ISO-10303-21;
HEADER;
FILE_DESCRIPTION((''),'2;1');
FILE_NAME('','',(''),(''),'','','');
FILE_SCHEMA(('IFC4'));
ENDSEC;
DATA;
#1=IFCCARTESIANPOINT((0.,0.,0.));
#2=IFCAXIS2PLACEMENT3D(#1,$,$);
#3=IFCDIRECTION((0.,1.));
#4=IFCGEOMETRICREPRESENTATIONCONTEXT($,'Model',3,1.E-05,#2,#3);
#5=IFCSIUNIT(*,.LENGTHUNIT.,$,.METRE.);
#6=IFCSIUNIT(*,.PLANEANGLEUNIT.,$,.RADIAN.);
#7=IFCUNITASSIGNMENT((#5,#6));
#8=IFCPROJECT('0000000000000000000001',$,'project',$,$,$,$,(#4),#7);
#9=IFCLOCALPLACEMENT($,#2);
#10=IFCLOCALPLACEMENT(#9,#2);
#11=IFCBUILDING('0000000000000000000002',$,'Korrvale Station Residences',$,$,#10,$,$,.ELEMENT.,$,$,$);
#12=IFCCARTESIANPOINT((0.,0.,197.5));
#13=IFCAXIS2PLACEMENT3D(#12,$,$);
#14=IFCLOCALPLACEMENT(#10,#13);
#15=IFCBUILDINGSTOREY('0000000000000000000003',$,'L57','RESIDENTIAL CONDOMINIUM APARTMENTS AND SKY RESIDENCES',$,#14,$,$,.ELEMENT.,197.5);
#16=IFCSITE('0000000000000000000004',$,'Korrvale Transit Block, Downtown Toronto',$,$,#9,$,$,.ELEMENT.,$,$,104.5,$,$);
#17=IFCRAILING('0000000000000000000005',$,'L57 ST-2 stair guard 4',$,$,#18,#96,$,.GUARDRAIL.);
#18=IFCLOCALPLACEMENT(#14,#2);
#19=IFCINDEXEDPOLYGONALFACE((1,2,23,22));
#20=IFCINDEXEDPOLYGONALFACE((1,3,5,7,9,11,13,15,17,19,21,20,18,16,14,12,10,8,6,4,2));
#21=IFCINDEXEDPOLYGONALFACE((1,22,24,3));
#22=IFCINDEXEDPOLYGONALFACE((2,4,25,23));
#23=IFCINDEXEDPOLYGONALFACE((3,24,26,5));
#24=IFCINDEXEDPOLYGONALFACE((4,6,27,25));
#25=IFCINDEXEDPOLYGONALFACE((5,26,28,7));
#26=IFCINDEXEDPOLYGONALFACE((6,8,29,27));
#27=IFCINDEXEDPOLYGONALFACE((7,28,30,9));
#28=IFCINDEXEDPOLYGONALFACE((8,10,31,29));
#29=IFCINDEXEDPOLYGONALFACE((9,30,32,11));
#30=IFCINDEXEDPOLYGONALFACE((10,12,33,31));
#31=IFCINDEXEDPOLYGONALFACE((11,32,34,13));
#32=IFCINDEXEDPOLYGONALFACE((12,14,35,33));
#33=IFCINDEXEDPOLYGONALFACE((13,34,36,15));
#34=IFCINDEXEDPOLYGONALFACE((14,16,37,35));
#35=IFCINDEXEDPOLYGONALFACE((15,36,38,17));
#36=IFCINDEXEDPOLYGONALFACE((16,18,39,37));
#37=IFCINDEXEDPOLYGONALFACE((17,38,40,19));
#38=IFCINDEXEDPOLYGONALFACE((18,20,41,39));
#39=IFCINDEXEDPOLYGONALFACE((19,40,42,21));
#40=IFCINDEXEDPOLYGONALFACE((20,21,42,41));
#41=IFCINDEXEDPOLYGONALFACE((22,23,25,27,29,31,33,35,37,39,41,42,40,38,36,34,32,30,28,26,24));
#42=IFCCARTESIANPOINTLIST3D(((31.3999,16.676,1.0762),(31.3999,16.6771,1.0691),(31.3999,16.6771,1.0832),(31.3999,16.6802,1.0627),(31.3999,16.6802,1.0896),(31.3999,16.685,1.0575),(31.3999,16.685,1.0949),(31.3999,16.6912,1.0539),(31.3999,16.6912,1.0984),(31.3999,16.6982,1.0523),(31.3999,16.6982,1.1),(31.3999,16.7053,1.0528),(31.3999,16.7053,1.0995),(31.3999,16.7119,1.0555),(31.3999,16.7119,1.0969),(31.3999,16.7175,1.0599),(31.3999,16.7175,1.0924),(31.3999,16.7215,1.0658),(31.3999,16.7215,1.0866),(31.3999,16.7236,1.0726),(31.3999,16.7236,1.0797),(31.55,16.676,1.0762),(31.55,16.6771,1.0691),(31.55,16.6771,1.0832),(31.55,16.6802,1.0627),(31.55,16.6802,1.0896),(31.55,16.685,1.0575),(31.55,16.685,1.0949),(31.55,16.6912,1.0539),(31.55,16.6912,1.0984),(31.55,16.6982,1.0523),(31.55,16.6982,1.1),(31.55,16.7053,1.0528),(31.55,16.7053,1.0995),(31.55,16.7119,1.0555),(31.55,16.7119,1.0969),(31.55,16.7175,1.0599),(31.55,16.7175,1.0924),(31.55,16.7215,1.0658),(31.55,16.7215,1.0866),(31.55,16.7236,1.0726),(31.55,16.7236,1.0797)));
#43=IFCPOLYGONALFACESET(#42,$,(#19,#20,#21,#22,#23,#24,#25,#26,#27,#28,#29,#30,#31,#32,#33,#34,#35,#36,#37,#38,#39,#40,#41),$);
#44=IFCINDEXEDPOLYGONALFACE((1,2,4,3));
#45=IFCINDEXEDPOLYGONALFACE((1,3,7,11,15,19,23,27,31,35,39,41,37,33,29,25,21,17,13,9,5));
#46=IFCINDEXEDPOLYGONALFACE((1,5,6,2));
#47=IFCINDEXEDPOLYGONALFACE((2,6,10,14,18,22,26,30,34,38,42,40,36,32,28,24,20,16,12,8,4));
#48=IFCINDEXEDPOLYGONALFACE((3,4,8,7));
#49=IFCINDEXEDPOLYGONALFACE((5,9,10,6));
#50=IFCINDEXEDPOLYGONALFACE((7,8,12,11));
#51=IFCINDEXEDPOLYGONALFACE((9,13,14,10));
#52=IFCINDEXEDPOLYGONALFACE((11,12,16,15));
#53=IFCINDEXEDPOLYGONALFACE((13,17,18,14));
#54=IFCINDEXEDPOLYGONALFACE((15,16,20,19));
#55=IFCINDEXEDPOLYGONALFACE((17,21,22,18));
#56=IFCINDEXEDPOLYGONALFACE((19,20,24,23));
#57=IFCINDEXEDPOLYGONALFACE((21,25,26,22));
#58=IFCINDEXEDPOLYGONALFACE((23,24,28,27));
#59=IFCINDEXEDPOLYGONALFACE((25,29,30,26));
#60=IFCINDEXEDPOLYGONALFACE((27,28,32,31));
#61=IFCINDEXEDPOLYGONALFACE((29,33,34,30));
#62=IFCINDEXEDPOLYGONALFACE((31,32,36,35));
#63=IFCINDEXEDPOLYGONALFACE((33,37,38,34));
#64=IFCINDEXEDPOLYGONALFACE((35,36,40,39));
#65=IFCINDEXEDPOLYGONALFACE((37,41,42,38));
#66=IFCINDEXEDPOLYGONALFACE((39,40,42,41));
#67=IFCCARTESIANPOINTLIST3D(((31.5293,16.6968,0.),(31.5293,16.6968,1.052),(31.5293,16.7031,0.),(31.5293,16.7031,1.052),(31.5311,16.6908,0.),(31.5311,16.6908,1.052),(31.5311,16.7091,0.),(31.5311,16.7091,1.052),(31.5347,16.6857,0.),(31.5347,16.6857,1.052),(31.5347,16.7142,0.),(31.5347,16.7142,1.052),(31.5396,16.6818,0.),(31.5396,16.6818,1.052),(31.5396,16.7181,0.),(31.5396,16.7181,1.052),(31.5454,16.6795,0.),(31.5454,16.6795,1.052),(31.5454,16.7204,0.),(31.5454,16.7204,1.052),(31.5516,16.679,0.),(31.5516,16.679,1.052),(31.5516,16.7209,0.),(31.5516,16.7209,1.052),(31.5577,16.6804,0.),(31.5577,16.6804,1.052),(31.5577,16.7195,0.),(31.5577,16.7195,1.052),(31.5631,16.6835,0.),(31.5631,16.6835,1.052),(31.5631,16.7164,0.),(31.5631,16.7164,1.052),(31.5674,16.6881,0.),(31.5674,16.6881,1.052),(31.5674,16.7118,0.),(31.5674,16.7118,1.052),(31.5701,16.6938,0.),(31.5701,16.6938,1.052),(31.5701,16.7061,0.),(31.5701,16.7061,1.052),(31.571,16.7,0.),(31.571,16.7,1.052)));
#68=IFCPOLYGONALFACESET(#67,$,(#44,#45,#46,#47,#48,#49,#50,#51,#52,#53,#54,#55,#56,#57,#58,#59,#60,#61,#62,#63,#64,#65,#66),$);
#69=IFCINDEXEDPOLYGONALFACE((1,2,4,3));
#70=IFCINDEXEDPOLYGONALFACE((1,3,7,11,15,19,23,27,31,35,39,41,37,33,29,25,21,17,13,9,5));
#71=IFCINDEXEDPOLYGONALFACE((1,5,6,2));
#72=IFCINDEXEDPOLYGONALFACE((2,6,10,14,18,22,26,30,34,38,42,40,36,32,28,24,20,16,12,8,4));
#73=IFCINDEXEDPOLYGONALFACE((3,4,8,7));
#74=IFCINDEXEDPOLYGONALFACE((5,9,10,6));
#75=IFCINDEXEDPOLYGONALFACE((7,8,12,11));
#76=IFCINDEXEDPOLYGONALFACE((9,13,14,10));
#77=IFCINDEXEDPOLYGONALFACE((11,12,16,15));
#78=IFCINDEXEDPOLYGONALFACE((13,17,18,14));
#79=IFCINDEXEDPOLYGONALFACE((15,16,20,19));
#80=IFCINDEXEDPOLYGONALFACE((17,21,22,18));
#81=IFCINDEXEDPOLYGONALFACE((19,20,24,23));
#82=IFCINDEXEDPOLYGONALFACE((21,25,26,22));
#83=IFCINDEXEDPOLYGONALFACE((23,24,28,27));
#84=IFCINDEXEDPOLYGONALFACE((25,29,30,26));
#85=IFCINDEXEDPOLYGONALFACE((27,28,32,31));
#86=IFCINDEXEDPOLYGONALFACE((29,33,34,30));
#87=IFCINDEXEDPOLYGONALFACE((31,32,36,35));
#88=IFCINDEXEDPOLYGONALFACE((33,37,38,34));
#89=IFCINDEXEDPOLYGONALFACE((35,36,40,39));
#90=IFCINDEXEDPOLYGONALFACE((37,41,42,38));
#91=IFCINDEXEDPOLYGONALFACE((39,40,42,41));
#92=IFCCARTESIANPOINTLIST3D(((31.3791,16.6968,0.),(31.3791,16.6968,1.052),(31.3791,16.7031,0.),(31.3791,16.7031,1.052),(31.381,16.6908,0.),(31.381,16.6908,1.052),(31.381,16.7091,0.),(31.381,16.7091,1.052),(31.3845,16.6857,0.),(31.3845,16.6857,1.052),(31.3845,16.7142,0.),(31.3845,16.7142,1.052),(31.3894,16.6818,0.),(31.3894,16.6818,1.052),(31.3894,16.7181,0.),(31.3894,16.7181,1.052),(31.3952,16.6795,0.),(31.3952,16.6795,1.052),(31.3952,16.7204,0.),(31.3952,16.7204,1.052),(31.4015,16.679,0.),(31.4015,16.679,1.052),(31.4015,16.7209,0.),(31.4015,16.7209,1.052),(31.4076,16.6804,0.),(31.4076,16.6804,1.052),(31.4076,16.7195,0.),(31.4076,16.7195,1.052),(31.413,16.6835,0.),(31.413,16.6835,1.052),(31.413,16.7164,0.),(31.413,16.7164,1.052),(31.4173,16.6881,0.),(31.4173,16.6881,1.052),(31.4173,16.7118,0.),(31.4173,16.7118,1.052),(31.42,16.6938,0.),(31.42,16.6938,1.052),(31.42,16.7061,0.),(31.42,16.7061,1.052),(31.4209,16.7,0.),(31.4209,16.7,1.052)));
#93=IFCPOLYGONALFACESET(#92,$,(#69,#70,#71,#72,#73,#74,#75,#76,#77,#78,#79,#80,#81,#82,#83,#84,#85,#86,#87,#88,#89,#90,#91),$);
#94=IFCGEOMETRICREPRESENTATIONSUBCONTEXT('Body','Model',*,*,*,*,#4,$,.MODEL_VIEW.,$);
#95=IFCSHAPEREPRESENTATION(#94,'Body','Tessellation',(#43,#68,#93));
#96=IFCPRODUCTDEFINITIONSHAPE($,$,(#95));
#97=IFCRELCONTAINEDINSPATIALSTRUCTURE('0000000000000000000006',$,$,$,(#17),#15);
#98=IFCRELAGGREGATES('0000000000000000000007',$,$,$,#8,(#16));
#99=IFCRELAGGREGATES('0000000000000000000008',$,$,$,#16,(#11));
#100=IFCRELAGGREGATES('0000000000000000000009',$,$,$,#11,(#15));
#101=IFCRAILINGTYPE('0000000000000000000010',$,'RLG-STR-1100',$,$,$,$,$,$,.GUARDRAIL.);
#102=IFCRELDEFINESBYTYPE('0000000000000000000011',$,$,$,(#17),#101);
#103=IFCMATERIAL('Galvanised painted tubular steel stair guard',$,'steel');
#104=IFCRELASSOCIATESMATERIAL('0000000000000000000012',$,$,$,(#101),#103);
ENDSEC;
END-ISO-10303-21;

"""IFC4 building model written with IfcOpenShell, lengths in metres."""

from ifc_helpers import new_model, si_unit, direction, frame, origin, origin_2d, place, context, subcontext, project, spatial, circle, extrude, material, type_object, element, save


model = new_model("IFC4")

# Units and contexts
model_context = context("Model", 3, precision=1e-05, world=origin(), true_north=direction((0.0, 1.0)))
body_context = subcontext(model_context, "Body", "Model", "MODEL_VIEW")
ifc_project = project(units=[si_unit("LENGTHUNIT", "METRE"), si_unit("PLANEANGLEUNIT", "RADIAN")], contexts=[model_context])

# Site, building, storey
site_placement = place(None, origin())
site = spatial("IfcSite", under=ifc_project, at=site_placement, Name="Korrvale Transit Block, Downtown Toronto", CompositionType="ELEMENT", RefElevation=104.5)
building_placement = place(site_placement, origin())
building = spatial("IfcBuilding", under=site, at=building_placement, Name="Korrvale Station Residences", CompositionType="ELEMENT")
storey_placement = place(building_placement, frame((0.0, 0.0, 197.5)))
storey = spatial("IfcBuildingStorey", under=building, at=storey_placement, Name="L57", Description="RESIDENTIAL CONDOMINIUM APARTMENTS AND SKY RESIDENCES", CompositionType="ELEMENT", Elevation=197.5)

# Railing
ifc_material_1 = material(Name="Galvanised painted tubular steel stair guard", Category="steel")
railing_type_1 = type_object("IfcRailingType", Name="RLG-STR-1100", PredefinedType="GUARDRAIL", material=ifc_material_1)
railing_1_placement = place(storey_placement, frame((31.55, 16.7, 0.0)))
element("IfcRailing", 1, at=railing_1_placement, inside=storey, type_object=railing_type_1, Name="L57 ST-2 stair guard 4", PredefinedType="GUARDRAIL", context=body_context, shape_type="SweptSolid", body=[
    extrude(circle(Radius=0.0239, at=origin_2d()), frame((0.0, 0.0, 1.0762), z_axis=(-1.0, 0.0, 0.0), x_axis=(0.0, -1.0, 0.0)), (0.0, 0.0, 1.0), 0.1501),
    extrude(circle(Radius=0.021, at=origin_2d()), origin(), (0.0, 0.0, 1.0), 1.052),
    extrude(circle(Radius=0.021, at=origin_2d()), frame((-0.1501, 0.0, 0.0)), (0.0, 0.0, 1.0), 1.052),
])

save(model, "model.ifc")
